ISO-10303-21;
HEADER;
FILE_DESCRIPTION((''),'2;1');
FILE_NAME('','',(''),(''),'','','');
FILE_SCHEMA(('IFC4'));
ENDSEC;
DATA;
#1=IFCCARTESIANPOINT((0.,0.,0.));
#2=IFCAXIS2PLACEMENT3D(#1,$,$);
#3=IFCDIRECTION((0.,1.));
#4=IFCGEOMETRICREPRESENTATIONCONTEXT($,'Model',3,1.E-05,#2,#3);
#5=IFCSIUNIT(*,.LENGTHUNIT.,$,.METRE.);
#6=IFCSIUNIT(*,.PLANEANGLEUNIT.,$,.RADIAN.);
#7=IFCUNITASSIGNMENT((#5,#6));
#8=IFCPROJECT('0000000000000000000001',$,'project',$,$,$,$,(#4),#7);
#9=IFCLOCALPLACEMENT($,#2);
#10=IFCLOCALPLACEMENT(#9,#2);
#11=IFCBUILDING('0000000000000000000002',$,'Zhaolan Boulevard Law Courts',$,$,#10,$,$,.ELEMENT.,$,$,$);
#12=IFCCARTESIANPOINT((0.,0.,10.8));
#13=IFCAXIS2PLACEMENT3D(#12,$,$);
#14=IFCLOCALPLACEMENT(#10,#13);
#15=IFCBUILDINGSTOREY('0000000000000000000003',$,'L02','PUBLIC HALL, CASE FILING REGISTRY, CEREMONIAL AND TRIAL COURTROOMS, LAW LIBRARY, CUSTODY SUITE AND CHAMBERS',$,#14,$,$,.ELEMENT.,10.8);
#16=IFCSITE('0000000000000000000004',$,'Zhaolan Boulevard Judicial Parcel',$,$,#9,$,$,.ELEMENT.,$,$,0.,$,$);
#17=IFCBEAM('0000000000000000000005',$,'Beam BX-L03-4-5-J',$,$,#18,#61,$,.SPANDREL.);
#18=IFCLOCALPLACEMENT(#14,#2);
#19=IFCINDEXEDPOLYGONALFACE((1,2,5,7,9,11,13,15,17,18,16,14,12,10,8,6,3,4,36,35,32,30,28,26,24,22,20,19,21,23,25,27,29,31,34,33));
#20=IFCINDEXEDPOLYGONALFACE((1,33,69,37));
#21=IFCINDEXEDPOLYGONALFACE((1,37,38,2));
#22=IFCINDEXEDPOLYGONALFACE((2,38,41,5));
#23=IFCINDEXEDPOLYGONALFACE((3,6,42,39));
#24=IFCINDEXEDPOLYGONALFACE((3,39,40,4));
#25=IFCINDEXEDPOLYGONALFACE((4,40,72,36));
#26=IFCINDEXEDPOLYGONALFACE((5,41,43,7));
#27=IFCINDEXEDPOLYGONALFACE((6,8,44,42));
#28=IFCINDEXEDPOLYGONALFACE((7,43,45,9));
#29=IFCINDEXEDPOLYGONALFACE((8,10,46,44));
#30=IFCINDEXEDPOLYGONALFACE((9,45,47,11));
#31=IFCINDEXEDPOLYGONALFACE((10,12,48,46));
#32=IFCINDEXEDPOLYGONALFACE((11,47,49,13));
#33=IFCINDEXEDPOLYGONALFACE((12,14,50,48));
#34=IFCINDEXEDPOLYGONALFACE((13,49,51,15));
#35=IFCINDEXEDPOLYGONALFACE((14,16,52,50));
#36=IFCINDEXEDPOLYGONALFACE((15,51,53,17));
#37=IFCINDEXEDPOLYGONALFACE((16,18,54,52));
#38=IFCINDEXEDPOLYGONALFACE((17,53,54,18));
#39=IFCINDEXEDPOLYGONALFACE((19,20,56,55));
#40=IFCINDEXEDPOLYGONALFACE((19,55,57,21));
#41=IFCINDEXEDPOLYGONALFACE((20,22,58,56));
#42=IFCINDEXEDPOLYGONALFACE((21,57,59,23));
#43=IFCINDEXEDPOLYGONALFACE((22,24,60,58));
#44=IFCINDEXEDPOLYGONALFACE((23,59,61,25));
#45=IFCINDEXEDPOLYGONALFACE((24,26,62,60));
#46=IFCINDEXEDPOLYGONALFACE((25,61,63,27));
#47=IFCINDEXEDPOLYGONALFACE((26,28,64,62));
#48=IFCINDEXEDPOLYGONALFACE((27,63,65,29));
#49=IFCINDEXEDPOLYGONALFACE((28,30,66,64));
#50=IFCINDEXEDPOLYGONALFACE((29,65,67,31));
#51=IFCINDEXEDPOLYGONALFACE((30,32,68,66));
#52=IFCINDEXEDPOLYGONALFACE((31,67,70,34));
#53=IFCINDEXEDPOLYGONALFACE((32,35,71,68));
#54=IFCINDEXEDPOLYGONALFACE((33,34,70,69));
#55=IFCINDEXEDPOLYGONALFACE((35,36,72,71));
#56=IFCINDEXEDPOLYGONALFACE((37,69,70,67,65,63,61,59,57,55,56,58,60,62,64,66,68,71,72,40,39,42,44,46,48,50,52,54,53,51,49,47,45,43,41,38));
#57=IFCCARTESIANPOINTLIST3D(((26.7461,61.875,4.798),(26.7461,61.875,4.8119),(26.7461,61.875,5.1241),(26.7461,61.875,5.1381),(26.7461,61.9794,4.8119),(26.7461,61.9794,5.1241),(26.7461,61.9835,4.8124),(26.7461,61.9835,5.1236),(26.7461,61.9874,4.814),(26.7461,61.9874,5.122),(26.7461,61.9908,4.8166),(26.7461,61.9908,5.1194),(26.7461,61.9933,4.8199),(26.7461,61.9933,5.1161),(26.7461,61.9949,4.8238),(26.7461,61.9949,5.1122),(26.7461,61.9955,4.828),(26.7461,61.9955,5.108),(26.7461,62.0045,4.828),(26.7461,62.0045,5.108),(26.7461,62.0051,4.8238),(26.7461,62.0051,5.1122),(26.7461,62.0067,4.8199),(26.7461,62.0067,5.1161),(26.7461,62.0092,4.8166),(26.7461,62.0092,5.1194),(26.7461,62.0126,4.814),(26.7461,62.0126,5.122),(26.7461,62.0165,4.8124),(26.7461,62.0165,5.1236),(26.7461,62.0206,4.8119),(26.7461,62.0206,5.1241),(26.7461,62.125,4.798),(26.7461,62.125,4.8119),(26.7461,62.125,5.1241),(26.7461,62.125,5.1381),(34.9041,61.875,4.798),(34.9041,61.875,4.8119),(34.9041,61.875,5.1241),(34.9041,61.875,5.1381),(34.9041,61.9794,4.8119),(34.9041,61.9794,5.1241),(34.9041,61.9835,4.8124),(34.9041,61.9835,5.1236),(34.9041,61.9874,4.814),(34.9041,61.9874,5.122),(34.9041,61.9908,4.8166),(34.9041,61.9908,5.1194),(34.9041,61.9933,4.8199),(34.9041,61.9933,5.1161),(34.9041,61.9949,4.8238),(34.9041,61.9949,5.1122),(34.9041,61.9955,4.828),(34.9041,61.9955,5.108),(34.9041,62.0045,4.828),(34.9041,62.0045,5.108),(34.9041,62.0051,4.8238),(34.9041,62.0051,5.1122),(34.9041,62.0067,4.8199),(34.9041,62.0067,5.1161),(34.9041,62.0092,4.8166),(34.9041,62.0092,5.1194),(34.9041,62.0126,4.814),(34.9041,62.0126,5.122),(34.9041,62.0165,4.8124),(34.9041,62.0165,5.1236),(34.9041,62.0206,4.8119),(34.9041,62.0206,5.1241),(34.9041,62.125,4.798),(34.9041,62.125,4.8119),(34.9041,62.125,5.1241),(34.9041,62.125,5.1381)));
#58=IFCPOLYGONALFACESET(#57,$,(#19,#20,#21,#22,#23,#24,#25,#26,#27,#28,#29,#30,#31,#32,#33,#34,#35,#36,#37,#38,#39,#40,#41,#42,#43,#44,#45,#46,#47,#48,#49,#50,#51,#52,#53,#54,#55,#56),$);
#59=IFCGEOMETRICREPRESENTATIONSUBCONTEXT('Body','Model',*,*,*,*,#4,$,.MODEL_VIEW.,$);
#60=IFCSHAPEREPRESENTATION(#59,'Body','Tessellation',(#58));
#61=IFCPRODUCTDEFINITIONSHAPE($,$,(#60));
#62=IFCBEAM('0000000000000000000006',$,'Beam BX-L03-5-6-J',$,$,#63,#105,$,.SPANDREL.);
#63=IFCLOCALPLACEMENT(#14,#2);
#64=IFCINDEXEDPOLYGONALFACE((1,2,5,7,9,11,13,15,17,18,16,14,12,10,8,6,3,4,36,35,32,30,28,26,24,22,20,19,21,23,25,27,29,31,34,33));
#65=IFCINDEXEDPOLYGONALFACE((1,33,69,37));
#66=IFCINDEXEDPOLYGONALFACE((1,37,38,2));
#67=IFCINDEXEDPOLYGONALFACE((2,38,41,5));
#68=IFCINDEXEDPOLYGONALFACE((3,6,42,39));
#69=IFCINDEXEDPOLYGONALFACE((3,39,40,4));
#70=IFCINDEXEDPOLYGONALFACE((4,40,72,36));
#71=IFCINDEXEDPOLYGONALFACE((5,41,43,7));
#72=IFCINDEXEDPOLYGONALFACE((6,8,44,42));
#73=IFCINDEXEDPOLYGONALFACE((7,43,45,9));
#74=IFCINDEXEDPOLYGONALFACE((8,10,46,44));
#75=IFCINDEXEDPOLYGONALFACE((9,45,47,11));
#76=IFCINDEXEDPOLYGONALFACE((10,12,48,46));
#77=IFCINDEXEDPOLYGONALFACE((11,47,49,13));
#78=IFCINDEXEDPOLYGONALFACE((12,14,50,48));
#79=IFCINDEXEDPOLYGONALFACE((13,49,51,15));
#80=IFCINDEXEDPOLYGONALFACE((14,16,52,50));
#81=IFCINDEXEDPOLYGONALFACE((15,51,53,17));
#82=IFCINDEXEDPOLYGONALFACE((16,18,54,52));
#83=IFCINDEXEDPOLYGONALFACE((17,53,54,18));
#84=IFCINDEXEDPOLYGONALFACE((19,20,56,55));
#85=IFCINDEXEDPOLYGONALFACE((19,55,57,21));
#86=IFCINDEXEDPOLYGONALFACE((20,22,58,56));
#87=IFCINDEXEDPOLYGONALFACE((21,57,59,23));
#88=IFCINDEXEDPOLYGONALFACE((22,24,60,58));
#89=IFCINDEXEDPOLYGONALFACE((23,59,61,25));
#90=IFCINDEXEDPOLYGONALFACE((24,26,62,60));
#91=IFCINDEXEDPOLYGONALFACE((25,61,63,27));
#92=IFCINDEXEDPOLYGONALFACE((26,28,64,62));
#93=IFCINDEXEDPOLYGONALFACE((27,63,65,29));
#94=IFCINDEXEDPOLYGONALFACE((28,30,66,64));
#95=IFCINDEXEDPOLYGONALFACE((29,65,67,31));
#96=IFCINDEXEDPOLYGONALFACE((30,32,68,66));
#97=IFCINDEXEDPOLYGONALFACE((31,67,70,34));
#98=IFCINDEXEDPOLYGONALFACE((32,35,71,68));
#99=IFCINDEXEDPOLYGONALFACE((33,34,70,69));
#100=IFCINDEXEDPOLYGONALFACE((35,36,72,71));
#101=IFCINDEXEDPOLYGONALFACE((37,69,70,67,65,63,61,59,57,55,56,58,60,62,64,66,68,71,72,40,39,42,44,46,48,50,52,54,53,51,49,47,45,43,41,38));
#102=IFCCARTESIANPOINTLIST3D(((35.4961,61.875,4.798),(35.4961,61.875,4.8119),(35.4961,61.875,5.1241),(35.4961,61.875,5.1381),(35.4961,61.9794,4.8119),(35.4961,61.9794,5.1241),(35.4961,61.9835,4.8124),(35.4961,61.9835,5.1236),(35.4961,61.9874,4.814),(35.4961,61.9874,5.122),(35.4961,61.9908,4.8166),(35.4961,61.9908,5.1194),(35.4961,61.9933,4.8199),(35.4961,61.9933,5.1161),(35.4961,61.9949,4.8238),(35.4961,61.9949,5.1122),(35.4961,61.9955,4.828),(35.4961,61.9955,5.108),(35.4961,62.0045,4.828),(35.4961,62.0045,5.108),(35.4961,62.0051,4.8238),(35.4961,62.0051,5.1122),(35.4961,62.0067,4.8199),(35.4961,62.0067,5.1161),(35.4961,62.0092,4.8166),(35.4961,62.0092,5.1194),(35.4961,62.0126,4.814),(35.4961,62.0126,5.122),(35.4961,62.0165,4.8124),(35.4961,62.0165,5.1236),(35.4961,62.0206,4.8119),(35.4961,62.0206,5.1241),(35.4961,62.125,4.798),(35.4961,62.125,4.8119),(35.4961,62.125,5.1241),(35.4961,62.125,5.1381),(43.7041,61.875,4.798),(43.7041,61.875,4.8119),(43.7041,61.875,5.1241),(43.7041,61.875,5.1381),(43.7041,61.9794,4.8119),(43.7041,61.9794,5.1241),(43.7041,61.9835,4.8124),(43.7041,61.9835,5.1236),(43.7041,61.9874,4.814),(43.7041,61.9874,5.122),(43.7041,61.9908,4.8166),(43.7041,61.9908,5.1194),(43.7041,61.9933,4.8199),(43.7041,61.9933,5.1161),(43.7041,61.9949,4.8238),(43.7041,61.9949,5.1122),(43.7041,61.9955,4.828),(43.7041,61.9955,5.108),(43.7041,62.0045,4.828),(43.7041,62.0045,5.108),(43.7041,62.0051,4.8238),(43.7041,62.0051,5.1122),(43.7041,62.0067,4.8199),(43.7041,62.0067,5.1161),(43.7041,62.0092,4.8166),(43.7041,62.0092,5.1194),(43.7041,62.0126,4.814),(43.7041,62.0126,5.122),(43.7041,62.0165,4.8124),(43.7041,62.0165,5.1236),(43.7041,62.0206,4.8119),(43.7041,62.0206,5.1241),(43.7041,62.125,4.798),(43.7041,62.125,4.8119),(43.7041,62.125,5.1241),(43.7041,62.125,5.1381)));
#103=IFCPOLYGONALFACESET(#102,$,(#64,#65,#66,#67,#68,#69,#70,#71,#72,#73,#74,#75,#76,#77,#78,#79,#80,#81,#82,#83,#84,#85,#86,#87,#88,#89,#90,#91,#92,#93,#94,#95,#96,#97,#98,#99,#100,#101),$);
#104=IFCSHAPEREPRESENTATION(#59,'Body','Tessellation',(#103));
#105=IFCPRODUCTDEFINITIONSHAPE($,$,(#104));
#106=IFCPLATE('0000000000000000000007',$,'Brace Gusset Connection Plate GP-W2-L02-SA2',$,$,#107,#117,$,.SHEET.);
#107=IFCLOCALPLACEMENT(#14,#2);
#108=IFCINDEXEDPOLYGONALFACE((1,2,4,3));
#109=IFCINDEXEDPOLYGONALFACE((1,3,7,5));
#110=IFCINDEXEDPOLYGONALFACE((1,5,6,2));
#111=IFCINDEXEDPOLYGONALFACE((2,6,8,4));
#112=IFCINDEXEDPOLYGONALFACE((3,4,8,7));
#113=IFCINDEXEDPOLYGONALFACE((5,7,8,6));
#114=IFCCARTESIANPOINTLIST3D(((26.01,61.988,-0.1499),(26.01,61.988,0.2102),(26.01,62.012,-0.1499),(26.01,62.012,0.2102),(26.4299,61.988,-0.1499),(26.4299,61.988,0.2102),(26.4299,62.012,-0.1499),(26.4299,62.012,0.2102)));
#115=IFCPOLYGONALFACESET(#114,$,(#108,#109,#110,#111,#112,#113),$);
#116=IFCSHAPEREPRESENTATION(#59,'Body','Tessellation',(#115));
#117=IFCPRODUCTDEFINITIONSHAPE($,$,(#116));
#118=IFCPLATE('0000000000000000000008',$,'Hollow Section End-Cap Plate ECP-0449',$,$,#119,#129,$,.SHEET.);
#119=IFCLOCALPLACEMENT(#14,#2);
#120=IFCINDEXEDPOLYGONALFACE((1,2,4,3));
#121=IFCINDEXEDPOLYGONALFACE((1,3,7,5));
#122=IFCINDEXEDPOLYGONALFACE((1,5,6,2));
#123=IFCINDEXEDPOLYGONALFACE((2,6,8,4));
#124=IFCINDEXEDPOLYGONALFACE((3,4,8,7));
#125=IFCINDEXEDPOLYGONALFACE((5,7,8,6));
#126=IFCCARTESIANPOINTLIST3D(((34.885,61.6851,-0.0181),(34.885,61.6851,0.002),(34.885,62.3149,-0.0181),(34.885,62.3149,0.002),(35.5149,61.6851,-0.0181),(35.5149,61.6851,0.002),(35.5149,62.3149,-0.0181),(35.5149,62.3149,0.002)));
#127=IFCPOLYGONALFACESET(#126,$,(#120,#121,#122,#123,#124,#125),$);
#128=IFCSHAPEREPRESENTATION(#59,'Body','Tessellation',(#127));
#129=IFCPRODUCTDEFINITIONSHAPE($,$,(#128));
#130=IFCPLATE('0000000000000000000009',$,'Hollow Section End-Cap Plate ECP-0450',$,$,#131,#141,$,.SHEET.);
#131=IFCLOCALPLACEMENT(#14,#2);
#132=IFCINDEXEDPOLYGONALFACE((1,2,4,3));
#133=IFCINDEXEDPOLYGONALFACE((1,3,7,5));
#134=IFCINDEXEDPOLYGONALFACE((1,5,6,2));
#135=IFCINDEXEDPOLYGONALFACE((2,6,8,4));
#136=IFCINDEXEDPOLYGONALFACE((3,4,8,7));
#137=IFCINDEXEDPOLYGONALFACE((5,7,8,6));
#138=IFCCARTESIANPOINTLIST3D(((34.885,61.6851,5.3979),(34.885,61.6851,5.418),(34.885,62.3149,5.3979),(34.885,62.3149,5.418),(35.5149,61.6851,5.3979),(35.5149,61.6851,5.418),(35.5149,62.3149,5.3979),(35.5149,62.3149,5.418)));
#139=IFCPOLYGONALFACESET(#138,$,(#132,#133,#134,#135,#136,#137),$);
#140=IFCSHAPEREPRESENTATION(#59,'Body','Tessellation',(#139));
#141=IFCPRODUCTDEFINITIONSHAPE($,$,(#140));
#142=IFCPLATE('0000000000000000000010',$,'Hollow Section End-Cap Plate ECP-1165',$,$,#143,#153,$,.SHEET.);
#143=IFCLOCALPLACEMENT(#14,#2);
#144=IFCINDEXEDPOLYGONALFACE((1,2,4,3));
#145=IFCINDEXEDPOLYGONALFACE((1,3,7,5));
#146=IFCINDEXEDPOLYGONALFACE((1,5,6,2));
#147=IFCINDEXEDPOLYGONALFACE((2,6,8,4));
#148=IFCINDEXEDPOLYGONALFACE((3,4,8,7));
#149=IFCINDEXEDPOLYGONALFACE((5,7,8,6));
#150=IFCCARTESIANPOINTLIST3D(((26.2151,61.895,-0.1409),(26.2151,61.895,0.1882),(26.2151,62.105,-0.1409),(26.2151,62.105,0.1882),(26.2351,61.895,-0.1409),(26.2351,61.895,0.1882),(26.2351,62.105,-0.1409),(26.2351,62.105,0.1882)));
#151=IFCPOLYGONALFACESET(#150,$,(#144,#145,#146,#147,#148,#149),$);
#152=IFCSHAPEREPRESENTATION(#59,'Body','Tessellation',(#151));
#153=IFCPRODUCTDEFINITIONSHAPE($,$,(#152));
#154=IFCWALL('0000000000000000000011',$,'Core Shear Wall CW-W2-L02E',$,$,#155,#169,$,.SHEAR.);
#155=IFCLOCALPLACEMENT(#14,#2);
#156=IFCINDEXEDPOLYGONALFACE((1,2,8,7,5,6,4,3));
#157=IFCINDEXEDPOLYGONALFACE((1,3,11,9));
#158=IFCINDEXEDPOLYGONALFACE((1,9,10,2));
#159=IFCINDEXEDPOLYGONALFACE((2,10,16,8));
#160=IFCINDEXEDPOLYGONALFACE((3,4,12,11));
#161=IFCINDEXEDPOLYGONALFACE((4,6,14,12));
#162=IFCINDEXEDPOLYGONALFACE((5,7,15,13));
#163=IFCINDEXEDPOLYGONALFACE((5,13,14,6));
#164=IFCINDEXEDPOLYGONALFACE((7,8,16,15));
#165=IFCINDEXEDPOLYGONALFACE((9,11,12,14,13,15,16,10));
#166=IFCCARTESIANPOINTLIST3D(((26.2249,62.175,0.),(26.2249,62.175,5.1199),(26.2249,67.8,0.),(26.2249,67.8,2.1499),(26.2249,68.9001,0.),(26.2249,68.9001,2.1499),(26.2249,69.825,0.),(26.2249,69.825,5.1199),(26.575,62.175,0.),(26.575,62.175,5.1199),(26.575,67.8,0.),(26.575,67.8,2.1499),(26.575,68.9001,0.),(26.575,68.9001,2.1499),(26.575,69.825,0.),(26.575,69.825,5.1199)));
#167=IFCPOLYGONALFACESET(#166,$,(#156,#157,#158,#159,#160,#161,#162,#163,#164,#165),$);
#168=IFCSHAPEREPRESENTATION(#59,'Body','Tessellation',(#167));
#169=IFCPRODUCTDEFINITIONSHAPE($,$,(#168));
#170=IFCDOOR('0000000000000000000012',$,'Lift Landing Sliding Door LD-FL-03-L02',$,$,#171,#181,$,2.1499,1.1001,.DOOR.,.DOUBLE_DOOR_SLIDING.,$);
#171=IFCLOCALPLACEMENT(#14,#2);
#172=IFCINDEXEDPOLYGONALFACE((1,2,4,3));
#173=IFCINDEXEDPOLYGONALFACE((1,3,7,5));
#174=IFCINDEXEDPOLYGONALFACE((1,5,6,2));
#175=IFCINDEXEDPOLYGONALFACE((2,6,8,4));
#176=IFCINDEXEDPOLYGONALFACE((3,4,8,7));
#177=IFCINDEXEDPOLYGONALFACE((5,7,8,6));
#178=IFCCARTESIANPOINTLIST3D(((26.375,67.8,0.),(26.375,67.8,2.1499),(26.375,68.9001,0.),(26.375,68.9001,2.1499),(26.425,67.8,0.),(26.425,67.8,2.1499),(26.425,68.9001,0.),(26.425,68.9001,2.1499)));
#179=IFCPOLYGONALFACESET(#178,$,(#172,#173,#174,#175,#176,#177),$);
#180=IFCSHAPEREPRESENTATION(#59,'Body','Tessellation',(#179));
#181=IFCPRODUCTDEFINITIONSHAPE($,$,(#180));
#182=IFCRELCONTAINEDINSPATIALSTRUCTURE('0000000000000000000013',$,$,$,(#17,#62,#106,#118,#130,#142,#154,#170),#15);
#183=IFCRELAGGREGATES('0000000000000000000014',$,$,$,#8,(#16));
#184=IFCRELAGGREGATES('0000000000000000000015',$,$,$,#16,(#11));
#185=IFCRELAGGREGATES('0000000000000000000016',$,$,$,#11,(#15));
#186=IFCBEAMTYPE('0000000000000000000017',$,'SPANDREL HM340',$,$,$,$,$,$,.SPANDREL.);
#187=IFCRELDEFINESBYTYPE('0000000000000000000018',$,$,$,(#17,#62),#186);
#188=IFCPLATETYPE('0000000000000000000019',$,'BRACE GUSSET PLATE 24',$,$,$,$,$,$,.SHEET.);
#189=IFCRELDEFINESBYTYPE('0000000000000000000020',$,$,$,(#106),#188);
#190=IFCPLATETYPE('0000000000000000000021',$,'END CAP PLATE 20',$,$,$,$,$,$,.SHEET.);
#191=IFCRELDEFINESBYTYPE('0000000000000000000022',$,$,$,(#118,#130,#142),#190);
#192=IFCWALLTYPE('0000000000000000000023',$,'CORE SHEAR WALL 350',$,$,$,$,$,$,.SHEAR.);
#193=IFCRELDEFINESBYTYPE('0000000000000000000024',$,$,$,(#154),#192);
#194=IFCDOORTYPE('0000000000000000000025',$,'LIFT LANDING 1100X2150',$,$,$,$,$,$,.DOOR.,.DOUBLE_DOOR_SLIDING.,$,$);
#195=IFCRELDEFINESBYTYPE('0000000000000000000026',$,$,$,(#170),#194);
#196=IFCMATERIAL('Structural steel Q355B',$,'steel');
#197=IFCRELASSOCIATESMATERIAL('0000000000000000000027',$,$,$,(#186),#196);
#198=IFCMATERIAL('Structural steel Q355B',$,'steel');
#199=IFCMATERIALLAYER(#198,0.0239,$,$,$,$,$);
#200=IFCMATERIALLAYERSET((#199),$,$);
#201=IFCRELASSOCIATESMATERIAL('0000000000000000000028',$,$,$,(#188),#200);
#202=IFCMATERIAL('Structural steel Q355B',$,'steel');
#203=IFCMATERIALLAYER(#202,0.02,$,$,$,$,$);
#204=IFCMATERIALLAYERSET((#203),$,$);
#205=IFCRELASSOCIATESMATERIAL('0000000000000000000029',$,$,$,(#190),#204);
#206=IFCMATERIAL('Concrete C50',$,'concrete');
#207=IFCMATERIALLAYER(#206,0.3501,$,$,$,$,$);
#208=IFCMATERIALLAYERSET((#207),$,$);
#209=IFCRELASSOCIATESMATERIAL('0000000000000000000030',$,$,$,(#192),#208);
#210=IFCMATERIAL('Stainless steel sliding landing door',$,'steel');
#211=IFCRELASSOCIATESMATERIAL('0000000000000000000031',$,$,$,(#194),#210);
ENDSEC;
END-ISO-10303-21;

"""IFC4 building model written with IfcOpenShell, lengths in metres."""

from ifc_helpers import new_model, si_unit, direction, frame, frame_2d, origin, origin_2d, place, context, subcontext, project, spatial, rectangle, i_section, extrude, material, layer, layer_set, material_profile, profile_set, type_object, element, fill, save


model = new_model("IFC4")

# Units and contexts
model_context = context("Model", 3, precision=1e-05, world=origin(), true_north=direction((0.0, 1.0)))
body_context = subcontext(model_context, "Body", "Model", "MODEL_VIEW")
ifc_project = project(units=[si_unit("LENGTHUNIT", "METRE"), si_unit("PLANEANGLEUNIT", "RADIAN")], contexts=[model_context])

# Site, building, storey
site_placement = place(None, origin())
site = spatial("IfcSite", under=ifc_project, at=site_placement, Name="Zhaolan Boulevard Judicial Parcel", CompositionType="ELEMENT", RefElevation=0.0)
building_placement = place(site_placement, origin())
building = spatial("IfcBuilding", under=site, at=building_placement, Name="Zhaolan Boulevard Law Courts", CompositionType="ELEMENT")
storey_placement = place(building_placement, frame((0.0, 0.0, 10.8)))
storey = spatial("IfcBuildingStorey", under=building, at=storey_placement, Name="L02", Description="PUBLIC HALL, CASE FILING REGISTRY, CEREMONIAL AND TRIAL COURTROOMS, LAW LIBRARY, CUSTODY SUITE AND CHAMBERS", CompositionType="ELEMENT", Elevation=10.8)

# Beams
ifc_material_1 = material(Name="Structural steel Q355B", Category="steel")
ifc_material_profile_1 = material_profile(ifc_material_1, i_section(OverallWidth=0.25, OverallDepth=0.3401, WebThickness=0.009, FlangeThickness=0.0139, FilletRadius=0.0161, at=origin_2d()), Name="HM340x250")
ifc_profile_set_1 = profile_set([ifc_material_profile_1], Name="Structural steel Q355B")
beam_type_1 = type_object("IfcBeamType", Name="SPANDREL HM340", PredefinedType="SPANDREL", material=ifc_profile_set_1)
beam_1_placement = place(storey_placement, frame((26.7461, 62.0, 4.968), z_axis=(1.0, 0.0, 0.0), x_axis=(0.0, 1.0, 0.0)))
element("IfcBeam", 1, at=beam_1_placement, inside=storey, type_object=beam_type_1, Name="Beam BX-L03-4-5-J", PredefinedType="SPANDREL", context=body_context, shape_type="SweptSolid", body=[
    extrude(i_section(OverallWidth=0.25, OverallDepth=0.3401, WebThickness=0.009, FlangeThickness=0.0139, FilletRadius=0.0161, at=origin_2d()), origin(), (0.0, 0.0, 1.0), 8.158),
])
beam_2_placement = place(storey_placement, frame((35.4961, 62.0, 4.968), z_axis=(1.0, 0.0, 0.0), x_axis=(0.0, 1.0, 0.0)))
element("IfcBeam", 2, at=beam_2_placement, inside=storey, type_object=beam_type_1, Name="Beam BX-L03-5-6-J", PredefinedType="SPANDREL", context=body_context, shape_type="SweptSolid", body=[
    extrude(i_section(OverallWidth=0.25, OverallDepth=0.3401, WebThickness=0.009, FlangeThickness=0.0139, FilletRadius=0.0161, at=origin_2d()), origin(), (0.0, 0.0, 1.0), 8.208),
])

# Plates
ifc_material_2 = material(Name="Structural steel Q355B", Category="steel")
ifc_layer_1 = layer(ifc_material_2, 0.0239)
ifc_layer_set_1 = layer_set([ifc_layer_1])
plate_type_1 = type_object("IfcPlateType", Name="BRACE GUSSET PLATE 24", PredefinedType="SHEET", material=ifc_layer_set_1)
plate_1_placement = place(storey_placement, frame((26.22, 62.0, -0.1499), z_axis=(0.0, 0.0, 1.0), x_axis=(1.0, 0.0, 0.0)))
element("IfcPlate", 3, at=plate_1_placement, inside=storey, type_object=plate_type_1, Name="Brace Gusset Connection Plate GP-W2-L02-SA2", PredefinedType="SHEET", context=body_context, shape_type="SweptSolid", body=[
    extrude(rectangle(XDim=0.4199, YDim=0.0239, at=origin_2d()), origin(), (0.0, 0.0, 1.0), 0.3601),
])
ifc_material_3 = material(Name="Structural steel Q355B", Category="steel")
ifc_layer_2 = layer(ifc_material_3, 0.02)
ifc_layer_set_2 = layer_set([ifc_layer_2])
plate_type_2 = type_object("IfcPlateType", Name="END CAP PLATE 20", PredefinedType="SHEET", material=ifc_layer_set_2)
for number, where, z_axis, x_axis, name in (
    (4, (35.2, 62.0, -0.0181), (0.0, 0.0, 1.0), (1.0, 0.0, 0.0), "Hollow Section End-Cap Plate ECP-0449"),
    (5, (35.2, 62.0, 5.3979), (0.0, 0.0, 1.0), (1.0, 0.0, 0.0), "Hollow Section End-Cap Plate ECP-0450"),
):
    element("IfcPlate", number, at=place(storey_placement, frame(where, z_axis=z_axis, x_axis=x_axis)), inside=storey, type_object=plate_type_2, Name=name, PredefinedType="SHEET", context=body_context, shape_type="SweptSolid", body=[
        extrude(rectangle(XDim=0.6299, YDim=0.6299, at=origin_2d()), origin(), (0.0, 0.0, 1.0), 0.02),
    ])
plate_2_placement = place(storey_placement, frame((26.2251, 62.0, -0.1409), z_axis=(0.0, 0.0, 1.0), x_axis=(-1.0, 0.0, 0.0)))
element("IfcPlate", 6, at=plate_2_placement, inside=storey, type_object=plate_type_2, Name="Hollow Section End-Cap Plate ECP-1165", PredefinedType="SHEET", context=body_context, shape_type="SweptSolid", body=[
    extrude(rectangle(XDim=0.02, YDim=0.21, at=origin_2d()), origin(), (0.0, 0.0, 1.0), 0.3291),
])

# Wall, opening, door
ifc_material_4 = material(Name="Concrete C50", Category="concrete")
ifc_layer_3 = layer(ifc_material_4, 0.3501)
ifc_layer_set_3 = layer_set([ifc_layer_3])
wall_type_1 = type_object("IfcWallType", Name="CORE SHEAR WALL 350", PredefinedType="SHEAR", material=ifc_layer_set_3)
wall_1_placement = place(storey_placement, frame((26.3999, 62.175, 0.0), z_axis=(0.0, 0.0, 1.0), x_axis=(0.0, 1.0, 0.0)))
wall_1 = element("IfcWall", 7, at=wall_1_placement, inside=storey, type_object=wall_type_1, Name="Core Shear Wall CW-W2-L02E", PredefinedType="SHEAR", context=body_context, shape_type="SweptSolid", body=[
    extrude(rectangle(XDim=7.6499, YDim=0.3501, at=frame_2d((3.825, 0.0))), origin(), (0.0, 0.0, 1.0), 5.1199),
])
opening_1_placement = place(wall_1_placement, frame((5.625, 0.0, 0.0)))
opening_1 = element("IfcOpeningElement", 8, at=opening_1_placement, cuts=wall_1, PredefinedType="OPENING", context=body_context, shape_type="SweptSolid", body=[
    extrude(rectangle(XDim=1.1001, YDim=2.1499, at=frame_2d((0.55, 1.075))), frame((0.0, 0.1851, 0.0), z_axis=(0.0, -1.0, 0.0), x_axis=(1.0, 0.0, 0.0)), (0.0, 0.0, 1.0), 0.3701),
])
ifc_material_5 = material(Name="Stainless steel sliding landing door", Category="steel")
door_type_1 = type_object("IfcDoorType", Name="LIFT LANDING 1100X2150", OperationType="DOUBLE_DOOR_SLIDING", PredefinedType="DOOR", material=ifc_material_5)
door_1_placement = place(opening_1_placement, origin())
door_1 = element("IfcDoor", 9, at=door_1_placement, inside=storey, type_object=door_type_1, Name="Lift Landing Sliding Door LD-FL-03-L02", OperationType="DOUBLE_DOOR_SLIDING", OverallHeight=2.1499, OverallWidth=1.1001, PredefinedType="DOOR", context=body_context, shape_type="SweptSolid", body=[
    extrude(rectangle(XDim=1.1001, YDim=2.1499, at=frame_2d((0.55, 1.075))), frame((0.0, 0.0249, 0.0), z_axis=(0.0, -1.0, 0.0), x_axis=(1.0, 0.0, 0.0)), (0.0, 0.0, 1.0), 0.05),
])
fill(opening_1, door_1)

save(model, "model.ifc")
